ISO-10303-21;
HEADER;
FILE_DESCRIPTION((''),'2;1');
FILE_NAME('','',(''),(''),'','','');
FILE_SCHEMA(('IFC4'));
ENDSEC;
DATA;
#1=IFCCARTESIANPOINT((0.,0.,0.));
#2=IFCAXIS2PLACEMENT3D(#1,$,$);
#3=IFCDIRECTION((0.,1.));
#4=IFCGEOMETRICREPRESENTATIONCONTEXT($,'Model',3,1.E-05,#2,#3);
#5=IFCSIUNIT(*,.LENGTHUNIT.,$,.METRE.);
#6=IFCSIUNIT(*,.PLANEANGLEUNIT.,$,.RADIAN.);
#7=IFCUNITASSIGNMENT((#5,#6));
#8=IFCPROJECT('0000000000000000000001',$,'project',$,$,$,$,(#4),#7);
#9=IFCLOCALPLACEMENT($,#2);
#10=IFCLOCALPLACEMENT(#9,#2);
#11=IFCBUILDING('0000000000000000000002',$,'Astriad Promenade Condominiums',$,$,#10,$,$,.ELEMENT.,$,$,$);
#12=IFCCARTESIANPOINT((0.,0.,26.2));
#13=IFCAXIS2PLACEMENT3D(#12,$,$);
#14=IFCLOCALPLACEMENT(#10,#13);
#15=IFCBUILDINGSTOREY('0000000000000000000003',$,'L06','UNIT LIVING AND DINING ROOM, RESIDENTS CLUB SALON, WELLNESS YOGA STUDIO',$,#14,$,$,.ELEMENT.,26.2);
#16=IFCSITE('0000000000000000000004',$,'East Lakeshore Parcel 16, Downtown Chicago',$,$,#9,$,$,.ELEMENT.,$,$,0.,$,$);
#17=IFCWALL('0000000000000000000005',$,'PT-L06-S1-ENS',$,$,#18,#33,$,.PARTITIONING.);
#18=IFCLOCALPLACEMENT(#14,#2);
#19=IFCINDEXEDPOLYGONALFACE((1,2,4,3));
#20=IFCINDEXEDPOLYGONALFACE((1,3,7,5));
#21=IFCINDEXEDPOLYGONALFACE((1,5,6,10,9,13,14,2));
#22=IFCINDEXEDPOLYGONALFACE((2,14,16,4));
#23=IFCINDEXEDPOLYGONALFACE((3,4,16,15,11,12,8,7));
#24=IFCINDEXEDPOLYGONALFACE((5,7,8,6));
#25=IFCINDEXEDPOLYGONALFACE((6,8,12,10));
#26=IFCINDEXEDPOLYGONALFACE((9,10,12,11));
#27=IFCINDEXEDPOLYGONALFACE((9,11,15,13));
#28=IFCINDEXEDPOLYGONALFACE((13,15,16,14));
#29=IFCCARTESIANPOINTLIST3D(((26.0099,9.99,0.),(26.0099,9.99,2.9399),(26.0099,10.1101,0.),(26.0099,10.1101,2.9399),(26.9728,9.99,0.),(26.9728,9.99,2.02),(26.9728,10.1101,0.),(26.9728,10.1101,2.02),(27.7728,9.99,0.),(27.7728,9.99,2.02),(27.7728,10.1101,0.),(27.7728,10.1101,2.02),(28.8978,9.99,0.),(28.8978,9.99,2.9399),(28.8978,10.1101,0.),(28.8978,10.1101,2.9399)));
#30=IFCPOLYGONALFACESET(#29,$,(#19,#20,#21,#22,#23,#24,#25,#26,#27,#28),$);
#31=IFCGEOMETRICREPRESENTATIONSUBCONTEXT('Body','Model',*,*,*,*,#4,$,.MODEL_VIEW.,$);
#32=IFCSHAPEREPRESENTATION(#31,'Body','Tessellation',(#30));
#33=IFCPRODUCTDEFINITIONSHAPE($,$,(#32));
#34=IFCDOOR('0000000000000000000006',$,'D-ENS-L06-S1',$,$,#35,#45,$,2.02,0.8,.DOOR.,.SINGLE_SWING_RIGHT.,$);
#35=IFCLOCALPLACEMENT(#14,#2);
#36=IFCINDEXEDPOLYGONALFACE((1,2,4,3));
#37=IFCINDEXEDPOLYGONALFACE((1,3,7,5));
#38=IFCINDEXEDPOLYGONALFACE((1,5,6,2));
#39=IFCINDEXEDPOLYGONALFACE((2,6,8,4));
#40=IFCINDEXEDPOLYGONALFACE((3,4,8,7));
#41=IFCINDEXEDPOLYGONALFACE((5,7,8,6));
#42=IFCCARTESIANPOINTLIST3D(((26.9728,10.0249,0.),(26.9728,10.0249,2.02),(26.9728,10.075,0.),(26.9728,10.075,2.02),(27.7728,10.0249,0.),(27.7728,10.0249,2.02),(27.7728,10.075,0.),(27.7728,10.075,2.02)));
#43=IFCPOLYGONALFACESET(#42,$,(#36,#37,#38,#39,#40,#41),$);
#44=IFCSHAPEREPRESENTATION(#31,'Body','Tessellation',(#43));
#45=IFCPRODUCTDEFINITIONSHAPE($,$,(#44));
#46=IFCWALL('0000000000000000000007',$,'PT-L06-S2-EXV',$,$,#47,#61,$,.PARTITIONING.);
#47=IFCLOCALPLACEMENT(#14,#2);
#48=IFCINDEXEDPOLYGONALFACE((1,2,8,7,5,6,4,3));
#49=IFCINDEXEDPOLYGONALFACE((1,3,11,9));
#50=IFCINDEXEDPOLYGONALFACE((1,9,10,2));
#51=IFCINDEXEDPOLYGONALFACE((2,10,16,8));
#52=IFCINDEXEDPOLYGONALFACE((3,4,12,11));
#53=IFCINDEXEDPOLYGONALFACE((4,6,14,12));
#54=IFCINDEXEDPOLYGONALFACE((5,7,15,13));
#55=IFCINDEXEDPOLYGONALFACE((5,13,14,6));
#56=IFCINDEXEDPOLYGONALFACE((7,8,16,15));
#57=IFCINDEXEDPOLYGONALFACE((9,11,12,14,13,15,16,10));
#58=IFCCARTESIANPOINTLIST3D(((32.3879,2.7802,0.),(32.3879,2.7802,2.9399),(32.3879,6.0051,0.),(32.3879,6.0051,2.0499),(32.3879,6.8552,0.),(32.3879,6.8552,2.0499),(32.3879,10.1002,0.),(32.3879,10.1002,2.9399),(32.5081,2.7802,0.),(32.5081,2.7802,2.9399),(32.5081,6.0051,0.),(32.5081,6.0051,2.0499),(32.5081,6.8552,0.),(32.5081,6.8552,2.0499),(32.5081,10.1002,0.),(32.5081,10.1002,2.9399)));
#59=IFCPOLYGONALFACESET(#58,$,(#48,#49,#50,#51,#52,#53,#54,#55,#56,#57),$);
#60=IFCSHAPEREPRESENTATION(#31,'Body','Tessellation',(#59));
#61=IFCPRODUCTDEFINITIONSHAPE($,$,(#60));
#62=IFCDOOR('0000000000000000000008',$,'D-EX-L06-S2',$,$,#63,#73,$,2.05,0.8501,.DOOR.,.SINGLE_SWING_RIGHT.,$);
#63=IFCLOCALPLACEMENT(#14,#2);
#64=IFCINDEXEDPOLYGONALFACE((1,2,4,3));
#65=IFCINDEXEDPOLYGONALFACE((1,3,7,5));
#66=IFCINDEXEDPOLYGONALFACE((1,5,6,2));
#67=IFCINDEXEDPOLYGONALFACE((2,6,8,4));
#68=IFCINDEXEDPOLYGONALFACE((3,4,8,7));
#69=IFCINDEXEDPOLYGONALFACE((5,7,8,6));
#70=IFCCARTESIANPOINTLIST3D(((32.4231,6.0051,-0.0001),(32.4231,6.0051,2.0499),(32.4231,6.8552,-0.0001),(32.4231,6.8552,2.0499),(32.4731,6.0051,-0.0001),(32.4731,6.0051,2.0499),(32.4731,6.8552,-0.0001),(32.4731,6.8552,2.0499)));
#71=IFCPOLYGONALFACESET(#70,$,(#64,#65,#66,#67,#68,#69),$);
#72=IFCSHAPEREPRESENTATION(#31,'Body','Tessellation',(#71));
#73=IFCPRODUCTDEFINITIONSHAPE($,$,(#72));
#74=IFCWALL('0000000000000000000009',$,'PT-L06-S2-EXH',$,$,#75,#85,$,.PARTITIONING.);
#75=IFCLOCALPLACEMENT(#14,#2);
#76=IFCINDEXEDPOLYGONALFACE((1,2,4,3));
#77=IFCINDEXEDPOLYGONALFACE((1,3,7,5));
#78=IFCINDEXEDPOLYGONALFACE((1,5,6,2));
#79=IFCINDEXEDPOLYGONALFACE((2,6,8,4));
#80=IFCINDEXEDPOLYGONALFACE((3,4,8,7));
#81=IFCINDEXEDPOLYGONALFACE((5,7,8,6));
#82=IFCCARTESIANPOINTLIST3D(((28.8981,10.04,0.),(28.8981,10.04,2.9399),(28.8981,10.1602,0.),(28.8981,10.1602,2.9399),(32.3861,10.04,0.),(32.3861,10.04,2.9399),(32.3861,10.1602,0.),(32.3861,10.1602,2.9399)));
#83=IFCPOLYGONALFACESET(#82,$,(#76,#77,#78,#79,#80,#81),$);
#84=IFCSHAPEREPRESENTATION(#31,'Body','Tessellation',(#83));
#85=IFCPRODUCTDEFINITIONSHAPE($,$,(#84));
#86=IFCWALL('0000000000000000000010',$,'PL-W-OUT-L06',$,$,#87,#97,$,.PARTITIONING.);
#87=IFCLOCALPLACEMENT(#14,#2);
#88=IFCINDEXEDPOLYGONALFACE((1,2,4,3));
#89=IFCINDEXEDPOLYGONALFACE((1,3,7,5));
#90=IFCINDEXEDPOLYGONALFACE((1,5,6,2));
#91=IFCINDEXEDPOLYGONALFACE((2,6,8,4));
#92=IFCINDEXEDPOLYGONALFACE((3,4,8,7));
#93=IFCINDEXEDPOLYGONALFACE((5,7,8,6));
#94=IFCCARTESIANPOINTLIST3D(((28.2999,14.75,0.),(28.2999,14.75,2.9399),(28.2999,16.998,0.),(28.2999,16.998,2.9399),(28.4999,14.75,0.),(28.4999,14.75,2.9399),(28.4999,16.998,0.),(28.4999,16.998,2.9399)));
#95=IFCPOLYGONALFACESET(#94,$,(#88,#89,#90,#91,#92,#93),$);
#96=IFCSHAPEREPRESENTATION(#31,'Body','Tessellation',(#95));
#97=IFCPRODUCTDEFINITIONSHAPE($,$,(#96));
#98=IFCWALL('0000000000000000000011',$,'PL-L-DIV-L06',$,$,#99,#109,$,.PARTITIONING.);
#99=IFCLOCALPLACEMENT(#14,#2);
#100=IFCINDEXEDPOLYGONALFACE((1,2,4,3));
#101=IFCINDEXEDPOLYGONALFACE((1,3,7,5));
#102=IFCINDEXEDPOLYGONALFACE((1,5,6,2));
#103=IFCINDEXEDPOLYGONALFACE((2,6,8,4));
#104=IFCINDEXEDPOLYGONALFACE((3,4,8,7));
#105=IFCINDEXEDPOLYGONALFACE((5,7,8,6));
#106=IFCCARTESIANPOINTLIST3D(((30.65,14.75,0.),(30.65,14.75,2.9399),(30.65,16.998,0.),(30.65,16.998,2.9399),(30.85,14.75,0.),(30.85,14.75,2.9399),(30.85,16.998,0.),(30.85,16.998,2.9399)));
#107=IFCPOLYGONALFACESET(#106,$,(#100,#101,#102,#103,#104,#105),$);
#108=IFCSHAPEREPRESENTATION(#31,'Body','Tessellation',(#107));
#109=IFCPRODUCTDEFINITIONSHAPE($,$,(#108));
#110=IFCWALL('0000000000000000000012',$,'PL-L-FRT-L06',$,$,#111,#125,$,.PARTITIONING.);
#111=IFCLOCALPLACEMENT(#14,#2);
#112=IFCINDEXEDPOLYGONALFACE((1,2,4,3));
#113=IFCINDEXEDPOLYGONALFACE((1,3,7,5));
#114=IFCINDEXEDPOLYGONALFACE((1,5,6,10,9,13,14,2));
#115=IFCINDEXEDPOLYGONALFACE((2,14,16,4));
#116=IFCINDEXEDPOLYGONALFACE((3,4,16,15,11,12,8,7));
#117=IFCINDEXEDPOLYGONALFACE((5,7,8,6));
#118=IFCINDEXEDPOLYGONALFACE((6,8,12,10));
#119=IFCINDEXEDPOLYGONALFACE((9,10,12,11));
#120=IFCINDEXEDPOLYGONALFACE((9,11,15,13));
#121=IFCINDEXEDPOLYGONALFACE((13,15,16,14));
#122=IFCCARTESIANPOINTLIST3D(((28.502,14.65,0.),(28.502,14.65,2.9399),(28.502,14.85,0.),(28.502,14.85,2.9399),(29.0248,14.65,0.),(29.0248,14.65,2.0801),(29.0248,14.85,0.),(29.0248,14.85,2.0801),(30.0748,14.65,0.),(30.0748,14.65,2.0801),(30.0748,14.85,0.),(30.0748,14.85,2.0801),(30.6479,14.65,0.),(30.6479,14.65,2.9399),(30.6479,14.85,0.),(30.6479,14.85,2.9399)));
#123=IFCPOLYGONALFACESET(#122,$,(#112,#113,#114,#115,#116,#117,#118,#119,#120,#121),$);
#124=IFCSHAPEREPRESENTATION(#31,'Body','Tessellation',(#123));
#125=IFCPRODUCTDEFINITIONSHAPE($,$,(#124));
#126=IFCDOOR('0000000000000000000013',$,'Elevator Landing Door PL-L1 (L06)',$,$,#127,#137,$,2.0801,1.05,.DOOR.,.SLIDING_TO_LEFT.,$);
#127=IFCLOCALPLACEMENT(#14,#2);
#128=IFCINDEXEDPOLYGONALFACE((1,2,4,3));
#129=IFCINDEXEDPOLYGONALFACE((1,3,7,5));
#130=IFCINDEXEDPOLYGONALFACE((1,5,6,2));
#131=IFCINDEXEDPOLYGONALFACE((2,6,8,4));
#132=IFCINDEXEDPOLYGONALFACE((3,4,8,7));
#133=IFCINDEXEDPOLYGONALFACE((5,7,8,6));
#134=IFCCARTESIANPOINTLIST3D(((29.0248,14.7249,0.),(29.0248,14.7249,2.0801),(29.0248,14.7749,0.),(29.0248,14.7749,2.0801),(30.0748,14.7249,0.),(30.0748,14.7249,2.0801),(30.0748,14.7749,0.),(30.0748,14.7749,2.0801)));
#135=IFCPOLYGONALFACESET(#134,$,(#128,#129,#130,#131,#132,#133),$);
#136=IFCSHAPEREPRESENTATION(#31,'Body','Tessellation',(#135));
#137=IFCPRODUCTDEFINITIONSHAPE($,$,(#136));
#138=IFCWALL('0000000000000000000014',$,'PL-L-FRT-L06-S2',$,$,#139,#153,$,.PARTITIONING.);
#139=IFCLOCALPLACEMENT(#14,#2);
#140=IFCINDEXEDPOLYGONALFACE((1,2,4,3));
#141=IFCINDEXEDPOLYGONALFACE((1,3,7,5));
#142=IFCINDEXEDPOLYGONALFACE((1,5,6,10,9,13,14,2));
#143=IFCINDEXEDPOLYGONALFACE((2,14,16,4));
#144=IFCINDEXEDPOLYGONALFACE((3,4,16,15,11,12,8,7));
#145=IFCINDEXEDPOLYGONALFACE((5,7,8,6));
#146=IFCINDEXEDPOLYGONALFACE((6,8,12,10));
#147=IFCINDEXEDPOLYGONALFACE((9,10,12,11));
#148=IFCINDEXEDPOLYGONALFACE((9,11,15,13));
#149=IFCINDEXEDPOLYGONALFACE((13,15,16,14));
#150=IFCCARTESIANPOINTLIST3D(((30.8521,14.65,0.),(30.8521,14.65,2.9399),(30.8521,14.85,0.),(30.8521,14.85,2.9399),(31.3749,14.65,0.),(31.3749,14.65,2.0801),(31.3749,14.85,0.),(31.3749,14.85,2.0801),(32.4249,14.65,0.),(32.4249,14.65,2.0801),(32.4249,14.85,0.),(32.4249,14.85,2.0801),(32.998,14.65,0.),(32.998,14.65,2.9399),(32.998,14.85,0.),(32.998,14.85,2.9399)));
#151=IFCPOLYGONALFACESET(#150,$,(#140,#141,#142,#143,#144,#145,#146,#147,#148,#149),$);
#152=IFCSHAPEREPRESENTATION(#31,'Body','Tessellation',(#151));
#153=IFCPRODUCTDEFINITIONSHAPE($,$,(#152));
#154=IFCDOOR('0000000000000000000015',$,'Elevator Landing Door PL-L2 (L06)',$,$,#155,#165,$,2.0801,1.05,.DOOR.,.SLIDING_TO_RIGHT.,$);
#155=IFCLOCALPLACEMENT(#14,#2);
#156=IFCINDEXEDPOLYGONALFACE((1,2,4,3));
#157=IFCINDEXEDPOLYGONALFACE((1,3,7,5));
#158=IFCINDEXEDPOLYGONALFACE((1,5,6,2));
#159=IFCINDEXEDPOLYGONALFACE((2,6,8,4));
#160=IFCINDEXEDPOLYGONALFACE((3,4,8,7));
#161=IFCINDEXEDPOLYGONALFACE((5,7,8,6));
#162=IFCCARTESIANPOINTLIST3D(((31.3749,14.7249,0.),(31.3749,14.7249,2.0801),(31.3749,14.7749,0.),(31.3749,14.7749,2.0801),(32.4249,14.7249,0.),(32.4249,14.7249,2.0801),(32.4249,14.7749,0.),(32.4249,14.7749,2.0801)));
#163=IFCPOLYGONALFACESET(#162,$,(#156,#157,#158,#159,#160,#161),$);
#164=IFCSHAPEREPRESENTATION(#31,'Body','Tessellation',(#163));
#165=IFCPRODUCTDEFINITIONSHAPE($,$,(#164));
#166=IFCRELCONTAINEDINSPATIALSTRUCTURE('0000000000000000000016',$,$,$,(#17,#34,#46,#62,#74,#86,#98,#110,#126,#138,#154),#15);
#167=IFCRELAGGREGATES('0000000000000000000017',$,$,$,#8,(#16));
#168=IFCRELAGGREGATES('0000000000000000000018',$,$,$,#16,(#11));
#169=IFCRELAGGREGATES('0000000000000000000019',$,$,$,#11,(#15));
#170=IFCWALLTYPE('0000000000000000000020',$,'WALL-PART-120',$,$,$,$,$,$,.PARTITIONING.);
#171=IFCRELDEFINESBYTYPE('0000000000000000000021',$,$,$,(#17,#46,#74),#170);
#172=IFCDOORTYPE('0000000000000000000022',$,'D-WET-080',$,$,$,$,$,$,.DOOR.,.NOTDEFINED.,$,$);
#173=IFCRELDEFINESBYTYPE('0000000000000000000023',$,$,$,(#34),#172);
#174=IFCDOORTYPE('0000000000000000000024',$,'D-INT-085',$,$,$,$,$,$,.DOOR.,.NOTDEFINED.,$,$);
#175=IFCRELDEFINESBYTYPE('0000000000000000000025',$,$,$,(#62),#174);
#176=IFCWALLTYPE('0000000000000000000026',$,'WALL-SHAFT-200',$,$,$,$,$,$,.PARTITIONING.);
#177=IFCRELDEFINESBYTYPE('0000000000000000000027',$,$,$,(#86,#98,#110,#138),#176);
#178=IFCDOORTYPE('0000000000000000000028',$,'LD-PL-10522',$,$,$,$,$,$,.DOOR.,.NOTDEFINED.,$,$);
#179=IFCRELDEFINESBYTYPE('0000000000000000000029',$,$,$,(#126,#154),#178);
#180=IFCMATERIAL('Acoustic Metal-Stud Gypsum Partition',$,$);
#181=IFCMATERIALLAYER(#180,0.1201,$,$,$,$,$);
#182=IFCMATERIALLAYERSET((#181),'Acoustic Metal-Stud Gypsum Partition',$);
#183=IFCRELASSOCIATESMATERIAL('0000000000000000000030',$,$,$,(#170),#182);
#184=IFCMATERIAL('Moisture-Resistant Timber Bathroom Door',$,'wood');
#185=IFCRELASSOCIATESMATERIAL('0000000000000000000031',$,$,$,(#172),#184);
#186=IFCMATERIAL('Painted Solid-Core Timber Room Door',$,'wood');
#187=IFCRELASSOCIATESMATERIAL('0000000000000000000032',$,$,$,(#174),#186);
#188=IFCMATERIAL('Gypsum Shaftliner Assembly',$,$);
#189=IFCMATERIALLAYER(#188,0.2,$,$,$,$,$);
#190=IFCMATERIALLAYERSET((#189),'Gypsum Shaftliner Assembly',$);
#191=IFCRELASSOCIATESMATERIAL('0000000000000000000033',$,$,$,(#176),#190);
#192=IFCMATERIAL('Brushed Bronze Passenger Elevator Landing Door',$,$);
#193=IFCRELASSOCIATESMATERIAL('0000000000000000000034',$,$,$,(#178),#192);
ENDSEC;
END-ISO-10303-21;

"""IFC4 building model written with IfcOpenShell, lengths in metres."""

from ifc_helpers import new_model, si_unit, direction, frame, frame_2d, origin, place, context, subcontext, project, spatial, rectangle, extrude, source, transform, mapped, material, layer, layer_set, type_object, type_shapes, element, fill, save


model = new_model("IFC4")

# Units and contexts
model_context = context("Model", 3, precision=1e-05, world=origin(), true_north=direction((0.0, 1.0)))
body_context = subcontext(model_context, "Body", "Model", "MODEL_VIEW")
ifc_project = project(units=[si_unit("LENGTHUNIT", "METRE"), si_unit("PLANEANGLEUNIT", "RADIAN")], contexts=[model_context])

# Site, building, storey
site_placement = place(None, origin())
site = spatial("IfcSite", under=ifc_project, at=site_placement, Name="East Lakeshore Parcel 16, Downtown Chicago", CompositionType="ELEMENT", RefElevation=0.0)
building_placement = place(site_placement, origin())
building = spatial("IfcBuilding", under=site, at=building_placement, Name="Astriad Promenade Condominiums", CompositionType="ELEMENT")
storey_placement = place(building_placement, frame((0.0, 0.0, 26.2)))
storey = spatial("IfcBuildingStorey", under=building, at=storey_placement, Name="L06", Description="UNIT LIVING AND DINING ROOM, RESIDENTS CLUB SALON, WELLNESS YOGA STUDIO", CompositionType="ELEMENT", Elevation=26.2)

# Walls, openings, doors
ifc_material_1 = material(Name="Acoustic Metal-Stud Gypsum Partition")
ifc_layer_1 = layer(ifc_material_1, 0.1201)
ifc_layer_set_1 = layer_set([ifc_layer_1], Name="Acoustic Metal-Stud Gypsum Partition")
wall_type_1 = type_object("IfcWallType", Name="WALL-PART-120", PredefinedType="PARTITIONING", material=ifc_layer_set_1)
wall_1_placement = place(storey_placement, frame((26.01, 10.05, 0.0), z_axis=(0.0, 0.0, 1.0), x_axis=(1.0, 0.0, 0.0)))
wall_1 = element("IfcWall", 1, at=wall_1_placement, inside=storey, type_object=wall_type_1, Name="PT-L06-S1-ENS", PredefinedType="PARTITIONING", context=body_context, shape_type="SweptSolid", body=[
    extrude(rectangle(XDim=2.8879, YDim=0.1201, at=frame_2d((1.4438, 0.0))), origin(), (0.0, 0.0, 1.0), 2.9399),
])
opening_1_placement = place(wall_1_placement, frame((0.9629, 0.0, 0.0)))
opening_1 = element("IfcOpeningElement", 2, at=opening_1_placement, cuts=wall_1, PredefinedType="OPENING", context=body_context, shape_type="SweptSolid", body=[
    extrude(rectangle(XDim=0.8, YDim=2.02, at=frame_2d((0.3999, 1.01))), frame((0.0, 0.0701, 0.0), z_axis=(0.0, -1.0, 0.0), x_axis=(1.0, 0.0, 0.0)), (0.0, 0.0, 1.0), 0.1401),
])
ifc_material_2 = material(Name="Moisture-Resistant Timber Bathroom Door", Category="wood")
door_type_1 = type_object("IfcDoorType", Name="D-WET-080", OperationType="NOTDEFINED", PredefinedType="DOOR", material=ifc_material_2)
shared_shape_1 = source(origin(), body_context, "Body", "SweptSolid", [
    extrude(rectangle(XDim=0.8, YDim=2.02, at=frame_2d((0.3999, 1.01))), frame((0.0, 0.0249, 0.0), z_axis=(0.0, -1.0, 0.0), x_axis=(1.0, 0.0, 0.0)), (0.0, 0.0, 1.0), 0.05),
])
type_shapes(door_type_1, [shared_shape_1])
door_1_placement = place(opening_1_placement, origin())
door_1 = element("IfcDoor", 3, at=door_1_placement, inside=storey, type_object=door_type_1, Name="D-ENS-L06-S1", OperationType="SINGLE_SWING_RIGHT", OverallHeight=2.02, OverallWidth=0.8, PredefinedType="DOOR", context=body_context, shape_type="MappedRepresentation", body=[
    mapped(shared_shape_1, transform((0.0, 0.0, 0.0), scale=1.0)),
])
fill(opening_1, door_1)
wall_2_placement = place(storey_placement, frame((32.448, 2.78, 0.0), z_axis=(0.0, 0.0, 1.0), x_axis=(0.0, 1.0, 0.0)))
wall_2 = element("IfcWall", 4, at=wall_2_placement, inside=storey, type_object=wall_type_1, Name="PT-L06-S2-EXV", PredefinedType="PARTITIONING", context=body_context, shape_type="SweptSolid", body=[
    extrude(rectangle(XDim=7.3201, YDim=0.1201, at=frame_2d((3.6602, 0.0))), origin(), (0.0, 0.0, 1.0), 2.9399),
])
opening_2_placement = place(wall_2_placement, frame((3.2251, 0.0, 0.0)))
opening_2 = element("IfcOpeningElement", 5, at=opening_2_placement, cuts=wall_2, PredefinedType="OPENING", context=body_context, shape_type="SweptSolid", body=[
    extrude(rectangle(XDim=0.8501, YDim=2.05, at=frame_2d((0.425, 1.0249))), frame((0.0, 0.0701, 0.0), z_axis=(0.0, -1.0, 0.0), x_axis=(1.0, 0.0, 0.0)), (0.0, 0.0, 1.0), 0.1401),
])
ifc_material_3 = material(Name="Painted Solid-Core Timber Room Door", Category="wood")
door_type_2 = type_object("IfcDoorType", Name="D-INT-085", OperationType="NOTDEFINED", PredefinedType="DOOR", material=ifc_material_3)
shared_shape_2 = source(origin(), body_context, "Body", "SweptSolid", [
    extrude(rectangle(XDim=0.8501, YDim=2.05, at=frame_2d((0.425, 1.0249))), frame((0.0, 0.0249, 0.0), z_axis=(0.0, -1.0, 0.0), x_axis=(1.0, 0.0, 0.0)), (0.0, 0.0, 1.0), 0.05),
])
type_shapes(door_type_2, [shared_shape_2])
door_2_placement = place(opening_2_placement, origin())
door_2 = element("IfcDoor", 6, at=door_2_placement, inside=storey, type_object=door_type_2, Name="D-EX-L06-S2", OperationType="SINGLE_SWING_RIGHT", OverallHeight=2.05, OverallWidth=0.8501, PredefinedType="DOOR", context=body_context, shape_type="MappedRepresentation", body=[
    mapped(shared_shape_2, transform((0.0, 0.0, 0.0), scale=1.0)),
])
fill(opening_2, door_2)

# Walls
wall_3_placement = place(storey_placement, frame((28.8979, 10.1001, 0.0), z_axis=(0.0, 0.0, 1.0), x_axis=(1.0, 0.0, 0.0)))
element("IfcWall", 7, at=wall_3_placement, inside=storey, type_object=wall_type_1, Name="PT-L06-S2-EXH", PredefinedType="PARTITIONING", context=body_context, shape_type="SweptSolid", body=[
    extrude(rectangle(XDim=3.488, YDim=0.1201, at=frame_2d((1.7441, 0.0))), origin(), (0.0, 0.0, 1.0), 2.9399),
])
ifc_material_4 = material(Name="Gypsum Shaftliner Assembly")
ifc_layer_2 = layer(ifc_material_4, 0.2)
ifc_layer_set_2 = layer_set([ifc_layer_2], Name="Gypsum Shaftliner Assembly")
wall_type_2 = type_object("IfcWallType", Name="WALL-SHAFT-200", PredefinedType="PARTITIONING", material=ifc_layer_set_2)
for number, where, z_axis, x_axis, name in (
    (8, (28.3999, 14.75, 0.0), (0.0, 0.0, 1.0), (0.0, 1.0, 0.0), "PL-W-OUT-L06"),
    (9, (30.75, 14.75, 0.0), (0.0, 0.0, 1.0), (0.0, 1.0, 0.0), "PL-L-DIV-L06"),
):
    element("IfcWall", number, at=place(storey_placement, frame(where, z_axis=z_axis, x_axis=x_axis)), inside=storey, type_object=wall_type_2, Name=name, PredefinedType="PARTITIONING", context=body_context, shape_type="SweptSolid", body=[
        extrude(rectangle(XDim=2.248, YDim=0.2, at=frame_2d((1.124, 0.0))), origin(), (0.0, 0.0, 1.0), 2.9399),
    ])

# Walls, openings, doors
wall_4_placement = place(storey_placement, frame((28.502, 14.75, 0.0), z_axis=(0.0, 0.0, 1.0), x_axis=(1.0, 0.0, 0.0)))
wall_4 = element("IfcWall", 10, at=wall_4_placement, inside=storey, type_object=wall_type_2, Name="PL-L-FRT-L06", PredefinedType="PARTITIONING", context=body_context, shape_type="SweptSolid", body=[
    extrude(rectangle(XDim=2.146, YDim=0.2, at=frame_2d((1.073, 0.0))), origin(), (0.0, 0.0, 1.0), 2.9399),
])
opening_3_placement = place(wall_4_placement, frame((0.5229, 0.0, 0.0)))
opening_3 = element("IfcOpeningElement", 11, at=opening_3_placement, cuts=wall_4, PredefinedType="OPENING", context=body_context, shape_type="SweptSolid", body=[
    extrude(rectangle(XDim=1.05, YDim=2.0801, at=frame_2d((0.5249, 1.04))), frame((0.0, 0.1099, 0.0), z_axis=(0.0, -1.0, 0.0), x_axis=(1.0, 0.0, 0.0)), (0.0, 0.0, 1.0), 0.22),
])
ifc_material_5 = material(Name="Brushed Bronze Passenger Elevator Landing Door")
door_type_3 = type_object("IfcDoorType", Name="LD-PL-10522", OperationType="NOTDEFINED", PredefinedType="DOOR", material=ifc_material_5)
shared_shape_3 = source(origin(), body_context, "Body", "SweptSolid", [
    extrude(rectangle(XDim=1.05, YDim=2.0801, at=frame_2d((0.5249, 1.04))), frame((0.0, 0.0249, 0.0), z_axis=(0.0, -1.0, 0.0), x_axis=(1.0, 0.0, 0.0)), (0.0, 0.0, 1.0), 0.05),
])
type_shapes(door_type_3, [shared_shape_3])
door_3_placement = place(opening_3_placement, origin())
door_3 = element("IfcDoor", 12, at=door_3_placement, inside=storey, type_object=door_type_3, Name="Elevator Landing Door PL-L1 (L06)", OperationType="SLIDING_TO_LEFT", OverallHeight=2.0801, OverallWidth=1.05, PredefinedType="DOOR", context=body_context, shape_type="MappedRepresentation", body=[
    mapped(shared_shape_3, transform((0.0, 0.0, 0.0), scale=1.0)),
])
fill(opening_3, door_3)
wall_5_placement = place(storey_placement, frame((30.8521, 14.75, 0.0), z_axis=(0.0, 0.0, 1.0), x_axis=(1.0, 0.0, 0.0)))
wall_5 = element("IfcWall", 13, at=wall_5_placement, inside=storey, type_object=wall_type_2, Name="PL-L-FRT-L06-S2", PredefinedType="PARTITIONING", context=body_context, shape_type="SweptSolid", body=[
    extrude(rectangle(XDim=2.146, YDim=0.2, at=frame_2d((1.073, 0.0))), origin(), (0.0, 0.0, 1.0), 2.9399),
])
opening_4_placement = place(wall_5_placement, frame((0.5229, 0.0, 0.0)))
opening_4 = element("IfcOpeningElement", 14, at=opening_4_placement, cuts=wall_5, PredefinedType="OPENING", context=body_context, shape_type="SweptSolid", body=[
    extrude(rectangle(XDim=1.05, YDim=2.0801, at=frame_2d((0.5249, 1.04))), frame((0.0, 0.1099, 0.0), z_axis=(0.0, -1.0, 0.0), x_axis=(1.0, 0.0, 0.0)), (0.0, 0.0, 1.0), 0.22),
])
door_4_placement = place(opening_4_placement, origin())
door_4 = element("IfcDoor", 15, at=door_4_placement, inside=storey, type_object=door_type_3, Name="Elevator Landing Door PL-L2 (L06)", OperationType="SLIDING_TO_RIGHT", OverallHeight=2.0801, OverallWidth=1.05, PredefinedType="DOOR", context=body_context, shape_type="MappedRepresentation", body=[
    mapped(shared_shape_3, transform((0.0, 0.0, 0.0), scale=1.0)),
])
fill(opening_4, door_4)

save(model, "model.ifc")
